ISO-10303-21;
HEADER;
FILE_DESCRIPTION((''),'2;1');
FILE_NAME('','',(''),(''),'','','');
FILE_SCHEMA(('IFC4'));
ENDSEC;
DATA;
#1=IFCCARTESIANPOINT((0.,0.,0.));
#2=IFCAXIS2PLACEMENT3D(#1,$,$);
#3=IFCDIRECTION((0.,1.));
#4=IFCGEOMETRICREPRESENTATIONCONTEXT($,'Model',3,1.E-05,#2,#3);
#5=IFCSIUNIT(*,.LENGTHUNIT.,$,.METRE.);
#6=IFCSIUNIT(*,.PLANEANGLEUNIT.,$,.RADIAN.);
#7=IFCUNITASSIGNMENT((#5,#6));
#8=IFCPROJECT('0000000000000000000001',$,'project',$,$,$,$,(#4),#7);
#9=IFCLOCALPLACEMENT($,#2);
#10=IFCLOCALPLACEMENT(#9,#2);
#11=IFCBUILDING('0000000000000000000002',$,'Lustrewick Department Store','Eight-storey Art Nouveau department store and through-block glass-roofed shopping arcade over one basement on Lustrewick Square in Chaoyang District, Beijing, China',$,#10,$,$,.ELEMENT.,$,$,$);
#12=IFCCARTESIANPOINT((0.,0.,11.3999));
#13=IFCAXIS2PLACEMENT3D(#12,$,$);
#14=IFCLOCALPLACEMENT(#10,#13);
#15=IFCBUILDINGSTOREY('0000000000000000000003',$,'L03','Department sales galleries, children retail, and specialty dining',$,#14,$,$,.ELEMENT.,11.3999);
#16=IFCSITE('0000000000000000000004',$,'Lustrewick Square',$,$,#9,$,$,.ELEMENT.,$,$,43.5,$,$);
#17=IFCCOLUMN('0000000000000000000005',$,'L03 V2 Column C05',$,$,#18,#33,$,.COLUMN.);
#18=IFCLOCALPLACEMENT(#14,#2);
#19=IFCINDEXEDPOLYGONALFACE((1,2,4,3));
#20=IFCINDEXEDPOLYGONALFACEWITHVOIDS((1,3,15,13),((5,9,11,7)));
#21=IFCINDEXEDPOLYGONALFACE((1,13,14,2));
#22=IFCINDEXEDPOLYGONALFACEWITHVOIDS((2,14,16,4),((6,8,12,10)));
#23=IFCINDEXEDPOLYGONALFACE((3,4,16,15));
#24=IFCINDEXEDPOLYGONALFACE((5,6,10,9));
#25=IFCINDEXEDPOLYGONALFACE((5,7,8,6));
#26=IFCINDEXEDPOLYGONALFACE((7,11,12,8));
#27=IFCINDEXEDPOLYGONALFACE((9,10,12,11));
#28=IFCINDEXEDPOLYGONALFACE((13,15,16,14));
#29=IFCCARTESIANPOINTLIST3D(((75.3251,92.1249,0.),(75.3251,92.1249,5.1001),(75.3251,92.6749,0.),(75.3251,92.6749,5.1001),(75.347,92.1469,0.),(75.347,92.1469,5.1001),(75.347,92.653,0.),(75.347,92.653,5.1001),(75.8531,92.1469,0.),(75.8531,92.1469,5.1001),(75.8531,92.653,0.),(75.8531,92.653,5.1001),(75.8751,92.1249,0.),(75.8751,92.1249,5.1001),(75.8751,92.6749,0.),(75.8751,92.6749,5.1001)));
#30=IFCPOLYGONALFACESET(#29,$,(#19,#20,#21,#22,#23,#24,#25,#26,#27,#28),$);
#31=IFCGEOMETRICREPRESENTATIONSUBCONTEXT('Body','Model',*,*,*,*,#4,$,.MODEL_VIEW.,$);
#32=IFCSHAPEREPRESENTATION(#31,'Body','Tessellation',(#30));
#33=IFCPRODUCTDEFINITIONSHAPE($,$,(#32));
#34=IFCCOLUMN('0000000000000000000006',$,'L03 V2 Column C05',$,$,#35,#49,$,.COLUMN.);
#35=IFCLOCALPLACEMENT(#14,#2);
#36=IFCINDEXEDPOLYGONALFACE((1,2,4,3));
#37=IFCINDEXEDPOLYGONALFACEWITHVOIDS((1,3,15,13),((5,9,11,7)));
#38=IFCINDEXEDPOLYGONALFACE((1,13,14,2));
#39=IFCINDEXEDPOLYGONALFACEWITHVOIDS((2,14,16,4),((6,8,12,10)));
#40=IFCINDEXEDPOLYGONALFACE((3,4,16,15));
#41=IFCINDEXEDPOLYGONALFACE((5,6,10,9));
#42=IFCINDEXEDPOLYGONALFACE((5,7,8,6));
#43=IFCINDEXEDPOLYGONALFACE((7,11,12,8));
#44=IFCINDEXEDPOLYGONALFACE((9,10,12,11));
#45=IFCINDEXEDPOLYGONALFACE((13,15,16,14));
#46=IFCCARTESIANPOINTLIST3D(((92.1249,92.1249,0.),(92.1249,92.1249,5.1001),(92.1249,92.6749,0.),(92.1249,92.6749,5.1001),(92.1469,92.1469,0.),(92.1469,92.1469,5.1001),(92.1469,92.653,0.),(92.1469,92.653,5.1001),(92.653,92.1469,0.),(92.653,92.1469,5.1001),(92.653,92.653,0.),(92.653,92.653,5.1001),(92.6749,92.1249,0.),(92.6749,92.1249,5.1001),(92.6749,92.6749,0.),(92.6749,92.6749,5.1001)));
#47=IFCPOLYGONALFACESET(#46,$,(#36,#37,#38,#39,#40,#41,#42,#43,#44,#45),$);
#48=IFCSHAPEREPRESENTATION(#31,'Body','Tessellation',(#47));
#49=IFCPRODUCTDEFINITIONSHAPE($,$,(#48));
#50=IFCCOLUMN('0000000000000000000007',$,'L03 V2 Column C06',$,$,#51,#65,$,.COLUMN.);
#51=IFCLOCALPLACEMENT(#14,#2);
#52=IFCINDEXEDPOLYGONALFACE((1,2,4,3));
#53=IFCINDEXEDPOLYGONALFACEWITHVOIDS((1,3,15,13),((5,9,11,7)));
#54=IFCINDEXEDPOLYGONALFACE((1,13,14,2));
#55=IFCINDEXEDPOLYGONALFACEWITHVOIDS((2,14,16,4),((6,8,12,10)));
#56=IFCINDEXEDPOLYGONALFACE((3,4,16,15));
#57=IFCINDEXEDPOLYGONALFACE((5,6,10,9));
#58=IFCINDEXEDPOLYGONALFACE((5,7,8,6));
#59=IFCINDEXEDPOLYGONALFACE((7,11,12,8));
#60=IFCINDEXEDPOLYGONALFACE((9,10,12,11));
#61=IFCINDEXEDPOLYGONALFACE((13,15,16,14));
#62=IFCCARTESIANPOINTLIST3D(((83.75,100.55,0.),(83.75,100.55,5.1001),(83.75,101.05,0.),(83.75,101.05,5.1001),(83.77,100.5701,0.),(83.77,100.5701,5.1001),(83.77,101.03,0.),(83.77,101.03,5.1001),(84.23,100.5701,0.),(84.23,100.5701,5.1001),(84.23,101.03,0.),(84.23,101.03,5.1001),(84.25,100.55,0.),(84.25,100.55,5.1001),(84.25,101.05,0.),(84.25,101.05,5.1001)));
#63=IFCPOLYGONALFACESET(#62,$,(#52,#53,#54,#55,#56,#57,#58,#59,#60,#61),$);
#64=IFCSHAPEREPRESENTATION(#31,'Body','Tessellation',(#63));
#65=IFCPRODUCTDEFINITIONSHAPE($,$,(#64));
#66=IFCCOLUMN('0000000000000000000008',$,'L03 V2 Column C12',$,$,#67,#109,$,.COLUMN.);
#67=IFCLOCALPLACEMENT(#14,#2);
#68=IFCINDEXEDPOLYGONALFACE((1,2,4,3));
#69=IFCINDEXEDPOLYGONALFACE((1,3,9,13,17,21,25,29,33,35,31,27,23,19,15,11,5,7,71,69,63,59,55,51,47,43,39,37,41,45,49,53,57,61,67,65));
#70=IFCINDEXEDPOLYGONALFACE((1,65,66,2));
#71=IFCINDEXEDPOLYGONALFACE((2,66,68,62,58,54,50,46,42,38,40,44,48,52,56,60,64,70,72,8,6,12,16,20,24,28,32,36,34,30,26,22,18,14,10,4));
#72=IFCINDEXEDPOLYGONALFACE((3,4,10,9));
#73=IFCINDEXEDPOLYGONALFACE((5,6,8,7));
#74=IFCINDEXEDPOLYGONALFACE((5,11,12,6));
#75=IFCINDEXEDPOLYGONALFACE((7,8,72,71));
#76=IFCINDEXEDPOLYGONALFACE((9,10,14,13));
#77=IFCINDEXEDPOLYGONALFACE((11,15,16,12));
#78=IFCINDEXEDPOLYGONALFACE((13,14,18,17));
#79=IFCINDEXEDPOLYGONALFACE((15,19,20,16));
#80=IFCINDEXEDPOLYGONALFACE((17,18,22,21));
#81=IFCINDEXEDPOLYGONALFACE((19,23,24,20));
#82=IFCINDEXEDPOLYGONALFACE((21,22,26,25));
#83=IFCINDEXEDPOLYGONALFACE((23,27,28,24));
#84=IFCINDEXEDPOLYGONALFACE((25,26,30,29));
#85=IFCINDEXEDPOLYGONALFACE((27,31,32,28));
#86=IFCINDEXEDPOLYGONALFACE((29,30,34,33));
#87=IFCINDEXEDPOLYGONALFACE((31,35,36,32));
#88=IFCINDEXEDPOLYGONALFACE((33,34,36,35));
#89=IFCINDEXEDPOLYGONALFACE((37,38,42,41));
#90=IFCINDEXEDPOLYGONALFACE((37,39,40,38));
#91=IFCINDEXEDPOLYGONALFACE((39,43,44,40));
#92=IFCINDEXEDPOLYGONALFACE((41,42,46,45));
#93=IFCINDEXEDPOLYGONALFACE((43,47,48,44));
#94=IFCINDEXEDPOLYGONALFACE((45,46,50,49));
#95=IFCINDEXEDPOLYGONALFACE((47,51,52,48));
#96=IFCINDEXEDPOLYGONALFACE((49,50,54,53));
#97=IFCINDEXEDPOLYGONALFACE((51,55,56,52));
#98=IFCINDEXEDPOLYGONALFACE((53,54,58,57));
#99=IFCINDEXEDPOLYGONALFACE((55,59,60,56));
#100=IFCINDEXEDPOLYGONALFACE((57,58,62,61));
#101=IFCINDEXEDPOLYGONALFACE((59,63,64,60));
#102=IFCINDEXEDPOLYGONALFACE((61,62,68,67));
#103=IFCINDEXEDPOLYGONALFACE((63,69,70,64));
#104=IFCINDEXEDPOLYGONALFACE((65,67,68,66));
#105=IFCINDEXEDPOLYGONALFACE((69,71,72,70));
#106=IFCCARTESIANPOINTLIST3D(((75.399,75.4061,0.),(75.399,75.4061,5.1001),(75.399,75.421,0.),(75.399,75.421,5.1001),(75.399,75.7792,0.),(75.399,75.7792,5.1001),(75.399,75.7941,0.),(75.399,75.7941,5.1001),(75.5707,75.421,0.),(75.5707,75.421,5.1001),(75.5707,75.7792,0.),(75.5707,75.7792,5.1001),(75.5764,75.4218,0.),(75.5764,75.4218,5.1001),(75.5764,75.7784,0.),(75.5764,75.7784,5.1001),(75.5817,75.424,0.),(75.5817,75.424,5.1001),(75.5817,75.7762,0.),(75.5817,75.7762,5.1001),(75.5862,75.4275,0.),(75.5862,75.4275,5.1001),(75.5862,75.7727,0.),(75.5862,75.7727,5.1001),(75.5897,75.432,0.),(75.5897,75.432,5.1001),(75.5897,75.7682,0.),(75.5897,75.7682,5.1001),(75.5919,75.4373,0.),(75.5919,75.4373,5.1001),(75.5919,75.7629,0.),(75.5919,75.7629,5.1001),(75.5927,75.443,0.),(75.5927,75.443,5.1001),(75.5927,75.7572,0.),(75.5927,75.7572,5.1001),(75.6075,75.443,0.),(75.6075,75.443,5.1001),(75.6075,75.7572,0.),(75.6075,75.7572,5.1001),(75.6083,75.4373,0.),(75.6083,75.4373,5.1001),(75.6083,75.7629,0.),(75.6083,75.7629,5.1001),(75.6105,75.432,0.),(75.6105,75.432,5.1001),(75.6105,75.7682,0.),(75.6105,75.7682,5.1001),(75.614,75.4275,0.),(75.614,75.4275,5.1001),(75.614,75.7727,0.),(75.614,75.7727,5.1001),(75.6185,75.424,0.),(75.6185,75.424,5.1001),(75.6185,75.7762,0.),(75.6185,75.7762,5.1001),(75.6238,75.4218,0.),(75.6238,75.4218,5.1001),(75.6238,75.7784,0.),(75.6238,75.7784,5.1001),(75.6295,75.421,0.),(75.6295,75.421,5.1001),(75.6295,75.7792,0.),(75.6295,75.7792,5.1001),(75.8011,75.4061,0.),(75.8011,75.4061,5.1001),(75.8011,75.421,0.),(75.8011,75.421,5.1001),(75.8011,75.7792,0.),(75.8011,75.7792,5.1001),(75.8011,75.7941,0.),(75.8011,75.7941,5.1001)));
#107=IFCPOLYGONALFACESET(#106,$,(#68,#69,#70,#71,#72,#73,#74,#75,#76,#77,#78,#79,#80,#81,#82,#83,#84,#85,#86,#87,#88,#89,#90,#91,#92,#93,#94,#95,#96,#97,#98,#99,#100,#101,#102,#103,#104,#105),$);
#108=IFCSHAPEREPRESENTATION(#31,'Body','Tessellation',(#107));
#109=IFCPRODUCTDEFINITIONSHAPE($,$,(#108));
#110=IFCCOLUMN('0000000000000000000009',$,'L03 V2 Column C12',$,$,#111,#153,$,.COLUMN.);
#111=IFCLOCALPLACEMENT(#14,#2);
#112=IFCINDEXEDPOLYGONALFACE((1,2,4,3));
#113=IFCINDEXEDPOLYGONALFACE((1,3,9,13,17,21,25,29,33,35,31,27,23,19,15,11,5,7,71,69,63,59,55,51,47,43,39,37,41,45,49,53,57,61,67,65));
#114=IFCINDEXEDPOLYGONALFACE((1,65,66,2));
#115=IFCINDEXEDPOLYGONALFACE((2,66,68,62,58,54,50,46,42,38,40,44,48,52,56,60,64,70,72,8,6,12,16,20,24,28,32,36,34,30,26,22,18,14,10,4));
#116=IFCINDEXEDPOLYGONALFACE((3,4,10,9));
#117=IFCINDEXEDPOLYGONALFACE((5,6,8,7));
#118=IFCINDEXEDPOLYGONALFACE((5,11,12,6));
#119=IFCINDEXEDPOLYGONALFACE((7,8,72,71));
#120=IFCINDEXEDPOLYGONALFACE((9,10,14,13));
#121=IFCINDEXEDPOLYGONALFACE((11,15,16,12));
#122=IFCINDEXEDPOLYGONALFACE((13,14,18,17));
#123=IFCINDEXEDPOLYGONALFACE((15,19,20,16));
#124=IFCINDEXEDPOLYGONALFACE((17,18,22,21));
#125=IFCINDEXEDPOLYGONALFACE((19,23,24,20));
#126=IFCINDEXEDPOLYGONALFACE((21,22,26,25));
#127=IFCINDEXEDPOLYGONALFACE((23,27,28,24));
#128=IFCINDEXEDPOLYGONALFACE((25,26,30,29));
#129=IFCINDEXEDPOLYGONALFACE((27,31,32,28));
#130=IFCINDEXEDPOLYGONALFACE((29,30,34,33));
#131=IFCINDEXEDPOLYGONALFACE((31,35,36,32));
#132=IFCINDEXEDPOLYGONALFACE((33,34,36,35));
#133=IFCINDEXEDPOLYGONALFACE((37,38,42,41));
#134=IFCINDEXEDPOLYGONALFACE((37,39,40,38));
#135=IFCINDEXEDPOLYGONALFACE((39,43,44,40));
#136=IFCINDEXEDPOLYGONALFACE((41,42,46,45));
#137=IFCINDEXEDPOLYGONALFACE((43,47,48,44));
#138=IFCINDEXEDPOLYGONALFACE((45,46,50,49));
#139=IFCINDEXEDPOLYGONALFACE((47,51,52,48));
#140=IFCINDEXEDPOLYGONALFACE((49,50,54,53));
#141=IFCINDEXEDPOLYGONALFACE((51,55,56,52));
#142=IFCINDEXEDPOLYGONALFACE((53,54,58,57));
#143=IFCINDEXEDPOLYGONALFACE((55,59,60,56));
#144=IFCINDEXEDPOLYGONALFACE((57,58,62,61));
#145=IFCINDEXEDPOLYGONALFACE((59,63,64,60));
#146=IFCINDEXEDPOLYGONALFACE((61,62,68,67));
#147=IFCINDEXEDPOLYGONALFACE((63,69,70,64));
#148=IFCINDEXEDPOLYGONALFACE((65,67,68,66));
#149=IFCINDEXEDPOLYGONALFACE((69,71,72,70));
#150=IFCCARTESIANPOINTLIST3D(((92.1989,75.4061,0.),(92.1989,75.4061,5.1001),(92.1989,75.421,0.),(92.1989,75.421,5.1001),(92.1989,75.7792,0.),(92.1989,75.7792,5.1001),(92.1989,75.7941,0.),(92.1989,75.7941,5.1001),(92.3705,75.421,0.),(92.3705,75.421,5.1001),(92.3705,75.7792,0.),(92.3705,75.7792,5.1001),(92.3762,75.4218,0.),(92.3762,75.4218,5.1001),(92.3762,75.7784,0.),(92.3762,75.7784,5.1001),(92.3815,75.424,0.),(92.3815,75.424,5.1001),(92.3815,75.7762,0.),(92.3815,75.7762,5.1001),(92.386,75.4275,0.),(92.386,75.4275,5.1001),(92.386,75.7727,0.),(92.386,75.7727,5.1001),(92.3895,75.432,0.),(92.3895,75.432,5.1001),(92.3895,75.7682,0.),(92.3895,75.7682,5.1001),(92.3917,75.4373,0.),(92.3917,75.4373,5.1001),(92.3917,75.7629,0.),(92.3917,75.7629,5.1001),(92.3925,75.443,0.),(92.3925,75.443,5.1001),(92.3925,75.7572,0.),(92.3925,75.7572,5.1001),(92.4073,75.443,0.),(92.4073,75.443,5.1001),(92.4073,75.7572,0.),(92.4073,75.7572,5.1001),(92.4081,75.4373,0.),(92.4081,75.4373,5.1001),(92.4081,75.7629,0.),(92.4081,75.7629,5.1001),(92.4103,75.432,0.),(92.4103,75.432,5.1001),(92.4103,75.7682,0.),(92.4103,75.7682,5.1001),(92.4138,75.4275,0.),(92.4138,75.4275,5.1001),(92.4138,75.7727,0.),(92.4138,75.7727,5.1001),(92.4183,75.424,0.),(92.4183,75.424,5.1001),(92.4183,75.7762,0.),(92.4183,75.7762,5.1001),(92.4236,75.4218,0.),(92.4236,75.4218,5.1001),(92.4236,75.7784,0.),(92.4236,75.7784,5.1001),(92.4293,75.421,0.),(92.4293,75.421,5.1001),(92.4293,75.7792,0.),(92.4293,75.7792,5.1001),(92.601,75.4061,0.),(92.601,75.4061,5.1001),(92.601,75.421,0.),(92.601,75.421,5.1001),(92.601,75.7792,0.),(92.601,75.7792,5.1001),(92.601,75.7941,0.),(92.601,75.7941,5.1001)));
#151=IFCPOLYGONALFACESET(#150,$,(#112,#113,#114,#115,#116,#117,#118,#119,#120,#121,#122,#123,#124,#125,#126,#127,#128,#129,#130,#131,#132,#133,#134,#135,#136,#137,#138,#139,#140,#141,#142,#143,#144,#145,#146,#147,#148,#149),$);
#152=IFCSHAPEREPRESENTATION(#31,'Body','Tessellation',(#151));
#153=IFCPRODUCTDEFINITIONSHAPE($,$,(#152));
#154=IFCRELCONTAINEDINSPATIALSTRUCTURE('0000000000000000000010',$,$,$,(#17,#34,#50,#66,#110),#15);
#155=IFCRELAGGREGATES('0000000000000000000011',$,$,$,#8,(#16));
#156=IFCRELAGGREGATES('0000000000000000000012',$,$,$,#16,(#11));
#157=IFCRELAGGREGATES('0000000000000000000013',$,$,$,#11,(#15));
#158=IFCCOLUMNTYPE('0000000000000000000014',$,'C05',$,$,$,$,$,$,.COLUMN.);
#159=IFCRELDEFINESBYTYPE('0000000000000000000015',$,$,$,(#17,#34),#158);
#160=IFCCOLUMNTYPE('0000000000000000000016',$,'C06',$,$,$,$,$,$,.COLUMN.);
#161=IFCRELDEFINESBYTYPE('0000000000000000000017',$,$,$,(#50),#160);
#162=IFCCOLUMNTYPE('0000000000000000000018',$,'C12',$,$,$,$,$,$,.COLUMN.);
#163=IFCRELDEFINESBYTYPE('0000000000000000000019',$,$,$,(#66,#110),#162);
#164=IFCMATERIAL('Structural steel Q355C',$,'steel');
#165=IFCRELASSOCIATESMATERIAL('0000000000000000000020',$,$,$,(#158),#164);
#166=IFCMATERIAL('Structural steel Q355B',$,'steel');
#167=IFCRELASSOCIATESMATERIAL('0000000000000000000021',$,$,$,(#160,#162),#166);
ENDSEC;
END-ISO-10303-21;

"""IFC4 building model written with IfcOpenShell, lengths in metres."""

from ifc_helpers import new_model, si_unit, direction, frame, origin, origin_2d, place, context, subcontext, project, spatial, hollow_rectangle, i_section, extrude, material, material_profile, profile_set, type_object, element, save


model = new_model("IFC4")

# Units and contexts
model_context = context("Model", 3, precision=1e-05, world=origin(), true_north=direction((0.0, 1.0)))
body_context = subcontext(model_context, "Body", "Model", "MODEL_VIEW")
ifc_project = project(units=[si_unit("LENGTHUNIT", "METRE"), si_unit("PLANEANGLEUNIT", "RADIAN")], contexts=[model_context])

# Site, building, storey
site_placement = place(None, origin())
site = spatial("IfcSite", under=ifc_project, at=site_placement, Name="Lustrewick Square", CompositionType="ELEMENT", RefElevation=43.5)
building_placement = place(site_placement, origin())
building = spatial("IfcBuilding", under=site, at=building_placement, Name="Lustrewick Department Store", Description="Eight-storey Art Nouveau department store and through-block glass-roofed shopping arcade over one basement on Lustrewick Square in Chaoyang District, Beijing, China", CompositionType="ELEMENT")
storey_placement = place(building_placement, frame((0.0, 0.0, 11.3999)))
storey = spatial("IfcBuildingStorey", under=building, at=storey_placement, Name="L03", Description="Department sales galleries, children retail, and specialty dining", CompositionType="ELEMENT", Elevation=11.3999)

# Columns
ifc_material_1 = material(Name="Structural steel Q355C", Category="steel")
ifc_material_profile_1 = material_profile(ifc_material_1, hollow_rectangle(XDim=0.55, YDim=0.55, WallThickness=0.022, at=origin_2d()), Name="BOX 550x550x22")
ifc_profile_set_1 = profile_set([ifc_material_profile_1], Name="Structural steel Q355C")
column_type_1 = type_object("IfcColumnType", Name="C05", PredefinedType="COLUMN", material=ifc_profile_set_1)
for number, where, z_axis, x_axis, name in (
    (1, (75.6001, 92.3999, 0.0), (0.0, 0.0, 1.0), (1.0, 0.0, 0.0), "L03 V2 Column C05"),
    (2, (92.3999, 92.3999, 0.0), (0.0, 0.0, 1.0), (1.0, 0.0, 0.0), "L03 V2 Column C05"),
):
    element("IfcColumn", number, at=place(storey_placement, frame(where, z_axis=z_axis, x_axis=x_axis)), inside=storey, type_object=column_type_1, Name=name, PredefinedType="COLUMN", context=body_context, shape_type="SweptSolid", body=[
        extrude(hollow_rectangle(XDim=0.55, YDim=0.55, WallThickness=0.022, at=origin_2d()), origin(), (0.0, 0.0, 1.0), 5.1001),
    ])
ifc_material_2 = material(Name="Structural steel Q355B", Category="steel")
ifc_material_profile_2 = material_profile(ifc_material_2, hollow_rectangle(XDim=0.5, YDim=0.5, WallThickness=0.02, at=origin_2d()), Name="BOX 500x500x20")
ifc_profile_set_2 = profile_set([ifc_material_profile_2], Name="Structural steel Q355B")
column_type_2 = type_object("IfcColumnType", Name="C06", PredefinedType="COLUMN", material=ifc_profile_set_2)
column_1_placement = place(storey_placement, frame((84.0, 100.8, 0.0), z_axis=(0.0, 0.0, 1.0), x_axis=(1.0, 0.0, 0.0)))
element("IfcColumn", 3, at=column_1_placement, inside=storey, type_object=column_type_2, Name="L03 V2 Column C06", PredefinedType="COLUMN", context=body_context, shape_type="SweptSolid", body=[
    extrude(hollow_rectangle(XDim=0.5, YDim=0.5, WallThickness=0.02, at=origin_2d()), origin(), (0.0, 0.0, 1.0), 5.1001),
])
ifc_material_profile_3 = material_profile(ifc_material_2, i_section(OverallWidth=0.4021, OverallDepth=0.3879, WebThickness=0.0149, FlangeThickness=0.0149, FilletRadius=0.022, at=origin_2d()), Name="HW 388x402x15x15")
ifc_profile_set_3 = profile_set([ifc_material_profile_3], Name="Structural steel Q355B")
column_type_3 = type_object("IfcColumnType", Name="C12", PredefinedType="COLUMN", material=ifc_profile_set_3)
for number, where, z_axis, x_axis, name in (
    (4, (75.6001, 75.6001, 0.0), (0.0, 0.0, 1.0), (1.0, 0.0, 0.0), "L03 V2 Column C12"),
    (5, (92.3999, 75.6001, 0.0), (0.0, 0.0, 1.0), (1.0, 0.0, 0.0), "L03 V2 Column C12"),
):
    element("IfcColumn", number, at=place(storey_placement, frame(where, z_axis=z_axis, x_axis=x_axis)), inside=storey, type_object=column_type_3, Name=name, PredefinedType="COLUMN", context=body_context, shape_type="SweptSolid", body=[
        extrude(i_section(OverallWidth=0.4021, OverallDepth=0.3879, WebThickness=0.0149, FlangeThickness=0.0149, FilletRadius=0.022, at=origin_2d()), origin(), (0.0, 0.0, 1.0), 5.1001),
    ])

save(model, "model.ifc")
